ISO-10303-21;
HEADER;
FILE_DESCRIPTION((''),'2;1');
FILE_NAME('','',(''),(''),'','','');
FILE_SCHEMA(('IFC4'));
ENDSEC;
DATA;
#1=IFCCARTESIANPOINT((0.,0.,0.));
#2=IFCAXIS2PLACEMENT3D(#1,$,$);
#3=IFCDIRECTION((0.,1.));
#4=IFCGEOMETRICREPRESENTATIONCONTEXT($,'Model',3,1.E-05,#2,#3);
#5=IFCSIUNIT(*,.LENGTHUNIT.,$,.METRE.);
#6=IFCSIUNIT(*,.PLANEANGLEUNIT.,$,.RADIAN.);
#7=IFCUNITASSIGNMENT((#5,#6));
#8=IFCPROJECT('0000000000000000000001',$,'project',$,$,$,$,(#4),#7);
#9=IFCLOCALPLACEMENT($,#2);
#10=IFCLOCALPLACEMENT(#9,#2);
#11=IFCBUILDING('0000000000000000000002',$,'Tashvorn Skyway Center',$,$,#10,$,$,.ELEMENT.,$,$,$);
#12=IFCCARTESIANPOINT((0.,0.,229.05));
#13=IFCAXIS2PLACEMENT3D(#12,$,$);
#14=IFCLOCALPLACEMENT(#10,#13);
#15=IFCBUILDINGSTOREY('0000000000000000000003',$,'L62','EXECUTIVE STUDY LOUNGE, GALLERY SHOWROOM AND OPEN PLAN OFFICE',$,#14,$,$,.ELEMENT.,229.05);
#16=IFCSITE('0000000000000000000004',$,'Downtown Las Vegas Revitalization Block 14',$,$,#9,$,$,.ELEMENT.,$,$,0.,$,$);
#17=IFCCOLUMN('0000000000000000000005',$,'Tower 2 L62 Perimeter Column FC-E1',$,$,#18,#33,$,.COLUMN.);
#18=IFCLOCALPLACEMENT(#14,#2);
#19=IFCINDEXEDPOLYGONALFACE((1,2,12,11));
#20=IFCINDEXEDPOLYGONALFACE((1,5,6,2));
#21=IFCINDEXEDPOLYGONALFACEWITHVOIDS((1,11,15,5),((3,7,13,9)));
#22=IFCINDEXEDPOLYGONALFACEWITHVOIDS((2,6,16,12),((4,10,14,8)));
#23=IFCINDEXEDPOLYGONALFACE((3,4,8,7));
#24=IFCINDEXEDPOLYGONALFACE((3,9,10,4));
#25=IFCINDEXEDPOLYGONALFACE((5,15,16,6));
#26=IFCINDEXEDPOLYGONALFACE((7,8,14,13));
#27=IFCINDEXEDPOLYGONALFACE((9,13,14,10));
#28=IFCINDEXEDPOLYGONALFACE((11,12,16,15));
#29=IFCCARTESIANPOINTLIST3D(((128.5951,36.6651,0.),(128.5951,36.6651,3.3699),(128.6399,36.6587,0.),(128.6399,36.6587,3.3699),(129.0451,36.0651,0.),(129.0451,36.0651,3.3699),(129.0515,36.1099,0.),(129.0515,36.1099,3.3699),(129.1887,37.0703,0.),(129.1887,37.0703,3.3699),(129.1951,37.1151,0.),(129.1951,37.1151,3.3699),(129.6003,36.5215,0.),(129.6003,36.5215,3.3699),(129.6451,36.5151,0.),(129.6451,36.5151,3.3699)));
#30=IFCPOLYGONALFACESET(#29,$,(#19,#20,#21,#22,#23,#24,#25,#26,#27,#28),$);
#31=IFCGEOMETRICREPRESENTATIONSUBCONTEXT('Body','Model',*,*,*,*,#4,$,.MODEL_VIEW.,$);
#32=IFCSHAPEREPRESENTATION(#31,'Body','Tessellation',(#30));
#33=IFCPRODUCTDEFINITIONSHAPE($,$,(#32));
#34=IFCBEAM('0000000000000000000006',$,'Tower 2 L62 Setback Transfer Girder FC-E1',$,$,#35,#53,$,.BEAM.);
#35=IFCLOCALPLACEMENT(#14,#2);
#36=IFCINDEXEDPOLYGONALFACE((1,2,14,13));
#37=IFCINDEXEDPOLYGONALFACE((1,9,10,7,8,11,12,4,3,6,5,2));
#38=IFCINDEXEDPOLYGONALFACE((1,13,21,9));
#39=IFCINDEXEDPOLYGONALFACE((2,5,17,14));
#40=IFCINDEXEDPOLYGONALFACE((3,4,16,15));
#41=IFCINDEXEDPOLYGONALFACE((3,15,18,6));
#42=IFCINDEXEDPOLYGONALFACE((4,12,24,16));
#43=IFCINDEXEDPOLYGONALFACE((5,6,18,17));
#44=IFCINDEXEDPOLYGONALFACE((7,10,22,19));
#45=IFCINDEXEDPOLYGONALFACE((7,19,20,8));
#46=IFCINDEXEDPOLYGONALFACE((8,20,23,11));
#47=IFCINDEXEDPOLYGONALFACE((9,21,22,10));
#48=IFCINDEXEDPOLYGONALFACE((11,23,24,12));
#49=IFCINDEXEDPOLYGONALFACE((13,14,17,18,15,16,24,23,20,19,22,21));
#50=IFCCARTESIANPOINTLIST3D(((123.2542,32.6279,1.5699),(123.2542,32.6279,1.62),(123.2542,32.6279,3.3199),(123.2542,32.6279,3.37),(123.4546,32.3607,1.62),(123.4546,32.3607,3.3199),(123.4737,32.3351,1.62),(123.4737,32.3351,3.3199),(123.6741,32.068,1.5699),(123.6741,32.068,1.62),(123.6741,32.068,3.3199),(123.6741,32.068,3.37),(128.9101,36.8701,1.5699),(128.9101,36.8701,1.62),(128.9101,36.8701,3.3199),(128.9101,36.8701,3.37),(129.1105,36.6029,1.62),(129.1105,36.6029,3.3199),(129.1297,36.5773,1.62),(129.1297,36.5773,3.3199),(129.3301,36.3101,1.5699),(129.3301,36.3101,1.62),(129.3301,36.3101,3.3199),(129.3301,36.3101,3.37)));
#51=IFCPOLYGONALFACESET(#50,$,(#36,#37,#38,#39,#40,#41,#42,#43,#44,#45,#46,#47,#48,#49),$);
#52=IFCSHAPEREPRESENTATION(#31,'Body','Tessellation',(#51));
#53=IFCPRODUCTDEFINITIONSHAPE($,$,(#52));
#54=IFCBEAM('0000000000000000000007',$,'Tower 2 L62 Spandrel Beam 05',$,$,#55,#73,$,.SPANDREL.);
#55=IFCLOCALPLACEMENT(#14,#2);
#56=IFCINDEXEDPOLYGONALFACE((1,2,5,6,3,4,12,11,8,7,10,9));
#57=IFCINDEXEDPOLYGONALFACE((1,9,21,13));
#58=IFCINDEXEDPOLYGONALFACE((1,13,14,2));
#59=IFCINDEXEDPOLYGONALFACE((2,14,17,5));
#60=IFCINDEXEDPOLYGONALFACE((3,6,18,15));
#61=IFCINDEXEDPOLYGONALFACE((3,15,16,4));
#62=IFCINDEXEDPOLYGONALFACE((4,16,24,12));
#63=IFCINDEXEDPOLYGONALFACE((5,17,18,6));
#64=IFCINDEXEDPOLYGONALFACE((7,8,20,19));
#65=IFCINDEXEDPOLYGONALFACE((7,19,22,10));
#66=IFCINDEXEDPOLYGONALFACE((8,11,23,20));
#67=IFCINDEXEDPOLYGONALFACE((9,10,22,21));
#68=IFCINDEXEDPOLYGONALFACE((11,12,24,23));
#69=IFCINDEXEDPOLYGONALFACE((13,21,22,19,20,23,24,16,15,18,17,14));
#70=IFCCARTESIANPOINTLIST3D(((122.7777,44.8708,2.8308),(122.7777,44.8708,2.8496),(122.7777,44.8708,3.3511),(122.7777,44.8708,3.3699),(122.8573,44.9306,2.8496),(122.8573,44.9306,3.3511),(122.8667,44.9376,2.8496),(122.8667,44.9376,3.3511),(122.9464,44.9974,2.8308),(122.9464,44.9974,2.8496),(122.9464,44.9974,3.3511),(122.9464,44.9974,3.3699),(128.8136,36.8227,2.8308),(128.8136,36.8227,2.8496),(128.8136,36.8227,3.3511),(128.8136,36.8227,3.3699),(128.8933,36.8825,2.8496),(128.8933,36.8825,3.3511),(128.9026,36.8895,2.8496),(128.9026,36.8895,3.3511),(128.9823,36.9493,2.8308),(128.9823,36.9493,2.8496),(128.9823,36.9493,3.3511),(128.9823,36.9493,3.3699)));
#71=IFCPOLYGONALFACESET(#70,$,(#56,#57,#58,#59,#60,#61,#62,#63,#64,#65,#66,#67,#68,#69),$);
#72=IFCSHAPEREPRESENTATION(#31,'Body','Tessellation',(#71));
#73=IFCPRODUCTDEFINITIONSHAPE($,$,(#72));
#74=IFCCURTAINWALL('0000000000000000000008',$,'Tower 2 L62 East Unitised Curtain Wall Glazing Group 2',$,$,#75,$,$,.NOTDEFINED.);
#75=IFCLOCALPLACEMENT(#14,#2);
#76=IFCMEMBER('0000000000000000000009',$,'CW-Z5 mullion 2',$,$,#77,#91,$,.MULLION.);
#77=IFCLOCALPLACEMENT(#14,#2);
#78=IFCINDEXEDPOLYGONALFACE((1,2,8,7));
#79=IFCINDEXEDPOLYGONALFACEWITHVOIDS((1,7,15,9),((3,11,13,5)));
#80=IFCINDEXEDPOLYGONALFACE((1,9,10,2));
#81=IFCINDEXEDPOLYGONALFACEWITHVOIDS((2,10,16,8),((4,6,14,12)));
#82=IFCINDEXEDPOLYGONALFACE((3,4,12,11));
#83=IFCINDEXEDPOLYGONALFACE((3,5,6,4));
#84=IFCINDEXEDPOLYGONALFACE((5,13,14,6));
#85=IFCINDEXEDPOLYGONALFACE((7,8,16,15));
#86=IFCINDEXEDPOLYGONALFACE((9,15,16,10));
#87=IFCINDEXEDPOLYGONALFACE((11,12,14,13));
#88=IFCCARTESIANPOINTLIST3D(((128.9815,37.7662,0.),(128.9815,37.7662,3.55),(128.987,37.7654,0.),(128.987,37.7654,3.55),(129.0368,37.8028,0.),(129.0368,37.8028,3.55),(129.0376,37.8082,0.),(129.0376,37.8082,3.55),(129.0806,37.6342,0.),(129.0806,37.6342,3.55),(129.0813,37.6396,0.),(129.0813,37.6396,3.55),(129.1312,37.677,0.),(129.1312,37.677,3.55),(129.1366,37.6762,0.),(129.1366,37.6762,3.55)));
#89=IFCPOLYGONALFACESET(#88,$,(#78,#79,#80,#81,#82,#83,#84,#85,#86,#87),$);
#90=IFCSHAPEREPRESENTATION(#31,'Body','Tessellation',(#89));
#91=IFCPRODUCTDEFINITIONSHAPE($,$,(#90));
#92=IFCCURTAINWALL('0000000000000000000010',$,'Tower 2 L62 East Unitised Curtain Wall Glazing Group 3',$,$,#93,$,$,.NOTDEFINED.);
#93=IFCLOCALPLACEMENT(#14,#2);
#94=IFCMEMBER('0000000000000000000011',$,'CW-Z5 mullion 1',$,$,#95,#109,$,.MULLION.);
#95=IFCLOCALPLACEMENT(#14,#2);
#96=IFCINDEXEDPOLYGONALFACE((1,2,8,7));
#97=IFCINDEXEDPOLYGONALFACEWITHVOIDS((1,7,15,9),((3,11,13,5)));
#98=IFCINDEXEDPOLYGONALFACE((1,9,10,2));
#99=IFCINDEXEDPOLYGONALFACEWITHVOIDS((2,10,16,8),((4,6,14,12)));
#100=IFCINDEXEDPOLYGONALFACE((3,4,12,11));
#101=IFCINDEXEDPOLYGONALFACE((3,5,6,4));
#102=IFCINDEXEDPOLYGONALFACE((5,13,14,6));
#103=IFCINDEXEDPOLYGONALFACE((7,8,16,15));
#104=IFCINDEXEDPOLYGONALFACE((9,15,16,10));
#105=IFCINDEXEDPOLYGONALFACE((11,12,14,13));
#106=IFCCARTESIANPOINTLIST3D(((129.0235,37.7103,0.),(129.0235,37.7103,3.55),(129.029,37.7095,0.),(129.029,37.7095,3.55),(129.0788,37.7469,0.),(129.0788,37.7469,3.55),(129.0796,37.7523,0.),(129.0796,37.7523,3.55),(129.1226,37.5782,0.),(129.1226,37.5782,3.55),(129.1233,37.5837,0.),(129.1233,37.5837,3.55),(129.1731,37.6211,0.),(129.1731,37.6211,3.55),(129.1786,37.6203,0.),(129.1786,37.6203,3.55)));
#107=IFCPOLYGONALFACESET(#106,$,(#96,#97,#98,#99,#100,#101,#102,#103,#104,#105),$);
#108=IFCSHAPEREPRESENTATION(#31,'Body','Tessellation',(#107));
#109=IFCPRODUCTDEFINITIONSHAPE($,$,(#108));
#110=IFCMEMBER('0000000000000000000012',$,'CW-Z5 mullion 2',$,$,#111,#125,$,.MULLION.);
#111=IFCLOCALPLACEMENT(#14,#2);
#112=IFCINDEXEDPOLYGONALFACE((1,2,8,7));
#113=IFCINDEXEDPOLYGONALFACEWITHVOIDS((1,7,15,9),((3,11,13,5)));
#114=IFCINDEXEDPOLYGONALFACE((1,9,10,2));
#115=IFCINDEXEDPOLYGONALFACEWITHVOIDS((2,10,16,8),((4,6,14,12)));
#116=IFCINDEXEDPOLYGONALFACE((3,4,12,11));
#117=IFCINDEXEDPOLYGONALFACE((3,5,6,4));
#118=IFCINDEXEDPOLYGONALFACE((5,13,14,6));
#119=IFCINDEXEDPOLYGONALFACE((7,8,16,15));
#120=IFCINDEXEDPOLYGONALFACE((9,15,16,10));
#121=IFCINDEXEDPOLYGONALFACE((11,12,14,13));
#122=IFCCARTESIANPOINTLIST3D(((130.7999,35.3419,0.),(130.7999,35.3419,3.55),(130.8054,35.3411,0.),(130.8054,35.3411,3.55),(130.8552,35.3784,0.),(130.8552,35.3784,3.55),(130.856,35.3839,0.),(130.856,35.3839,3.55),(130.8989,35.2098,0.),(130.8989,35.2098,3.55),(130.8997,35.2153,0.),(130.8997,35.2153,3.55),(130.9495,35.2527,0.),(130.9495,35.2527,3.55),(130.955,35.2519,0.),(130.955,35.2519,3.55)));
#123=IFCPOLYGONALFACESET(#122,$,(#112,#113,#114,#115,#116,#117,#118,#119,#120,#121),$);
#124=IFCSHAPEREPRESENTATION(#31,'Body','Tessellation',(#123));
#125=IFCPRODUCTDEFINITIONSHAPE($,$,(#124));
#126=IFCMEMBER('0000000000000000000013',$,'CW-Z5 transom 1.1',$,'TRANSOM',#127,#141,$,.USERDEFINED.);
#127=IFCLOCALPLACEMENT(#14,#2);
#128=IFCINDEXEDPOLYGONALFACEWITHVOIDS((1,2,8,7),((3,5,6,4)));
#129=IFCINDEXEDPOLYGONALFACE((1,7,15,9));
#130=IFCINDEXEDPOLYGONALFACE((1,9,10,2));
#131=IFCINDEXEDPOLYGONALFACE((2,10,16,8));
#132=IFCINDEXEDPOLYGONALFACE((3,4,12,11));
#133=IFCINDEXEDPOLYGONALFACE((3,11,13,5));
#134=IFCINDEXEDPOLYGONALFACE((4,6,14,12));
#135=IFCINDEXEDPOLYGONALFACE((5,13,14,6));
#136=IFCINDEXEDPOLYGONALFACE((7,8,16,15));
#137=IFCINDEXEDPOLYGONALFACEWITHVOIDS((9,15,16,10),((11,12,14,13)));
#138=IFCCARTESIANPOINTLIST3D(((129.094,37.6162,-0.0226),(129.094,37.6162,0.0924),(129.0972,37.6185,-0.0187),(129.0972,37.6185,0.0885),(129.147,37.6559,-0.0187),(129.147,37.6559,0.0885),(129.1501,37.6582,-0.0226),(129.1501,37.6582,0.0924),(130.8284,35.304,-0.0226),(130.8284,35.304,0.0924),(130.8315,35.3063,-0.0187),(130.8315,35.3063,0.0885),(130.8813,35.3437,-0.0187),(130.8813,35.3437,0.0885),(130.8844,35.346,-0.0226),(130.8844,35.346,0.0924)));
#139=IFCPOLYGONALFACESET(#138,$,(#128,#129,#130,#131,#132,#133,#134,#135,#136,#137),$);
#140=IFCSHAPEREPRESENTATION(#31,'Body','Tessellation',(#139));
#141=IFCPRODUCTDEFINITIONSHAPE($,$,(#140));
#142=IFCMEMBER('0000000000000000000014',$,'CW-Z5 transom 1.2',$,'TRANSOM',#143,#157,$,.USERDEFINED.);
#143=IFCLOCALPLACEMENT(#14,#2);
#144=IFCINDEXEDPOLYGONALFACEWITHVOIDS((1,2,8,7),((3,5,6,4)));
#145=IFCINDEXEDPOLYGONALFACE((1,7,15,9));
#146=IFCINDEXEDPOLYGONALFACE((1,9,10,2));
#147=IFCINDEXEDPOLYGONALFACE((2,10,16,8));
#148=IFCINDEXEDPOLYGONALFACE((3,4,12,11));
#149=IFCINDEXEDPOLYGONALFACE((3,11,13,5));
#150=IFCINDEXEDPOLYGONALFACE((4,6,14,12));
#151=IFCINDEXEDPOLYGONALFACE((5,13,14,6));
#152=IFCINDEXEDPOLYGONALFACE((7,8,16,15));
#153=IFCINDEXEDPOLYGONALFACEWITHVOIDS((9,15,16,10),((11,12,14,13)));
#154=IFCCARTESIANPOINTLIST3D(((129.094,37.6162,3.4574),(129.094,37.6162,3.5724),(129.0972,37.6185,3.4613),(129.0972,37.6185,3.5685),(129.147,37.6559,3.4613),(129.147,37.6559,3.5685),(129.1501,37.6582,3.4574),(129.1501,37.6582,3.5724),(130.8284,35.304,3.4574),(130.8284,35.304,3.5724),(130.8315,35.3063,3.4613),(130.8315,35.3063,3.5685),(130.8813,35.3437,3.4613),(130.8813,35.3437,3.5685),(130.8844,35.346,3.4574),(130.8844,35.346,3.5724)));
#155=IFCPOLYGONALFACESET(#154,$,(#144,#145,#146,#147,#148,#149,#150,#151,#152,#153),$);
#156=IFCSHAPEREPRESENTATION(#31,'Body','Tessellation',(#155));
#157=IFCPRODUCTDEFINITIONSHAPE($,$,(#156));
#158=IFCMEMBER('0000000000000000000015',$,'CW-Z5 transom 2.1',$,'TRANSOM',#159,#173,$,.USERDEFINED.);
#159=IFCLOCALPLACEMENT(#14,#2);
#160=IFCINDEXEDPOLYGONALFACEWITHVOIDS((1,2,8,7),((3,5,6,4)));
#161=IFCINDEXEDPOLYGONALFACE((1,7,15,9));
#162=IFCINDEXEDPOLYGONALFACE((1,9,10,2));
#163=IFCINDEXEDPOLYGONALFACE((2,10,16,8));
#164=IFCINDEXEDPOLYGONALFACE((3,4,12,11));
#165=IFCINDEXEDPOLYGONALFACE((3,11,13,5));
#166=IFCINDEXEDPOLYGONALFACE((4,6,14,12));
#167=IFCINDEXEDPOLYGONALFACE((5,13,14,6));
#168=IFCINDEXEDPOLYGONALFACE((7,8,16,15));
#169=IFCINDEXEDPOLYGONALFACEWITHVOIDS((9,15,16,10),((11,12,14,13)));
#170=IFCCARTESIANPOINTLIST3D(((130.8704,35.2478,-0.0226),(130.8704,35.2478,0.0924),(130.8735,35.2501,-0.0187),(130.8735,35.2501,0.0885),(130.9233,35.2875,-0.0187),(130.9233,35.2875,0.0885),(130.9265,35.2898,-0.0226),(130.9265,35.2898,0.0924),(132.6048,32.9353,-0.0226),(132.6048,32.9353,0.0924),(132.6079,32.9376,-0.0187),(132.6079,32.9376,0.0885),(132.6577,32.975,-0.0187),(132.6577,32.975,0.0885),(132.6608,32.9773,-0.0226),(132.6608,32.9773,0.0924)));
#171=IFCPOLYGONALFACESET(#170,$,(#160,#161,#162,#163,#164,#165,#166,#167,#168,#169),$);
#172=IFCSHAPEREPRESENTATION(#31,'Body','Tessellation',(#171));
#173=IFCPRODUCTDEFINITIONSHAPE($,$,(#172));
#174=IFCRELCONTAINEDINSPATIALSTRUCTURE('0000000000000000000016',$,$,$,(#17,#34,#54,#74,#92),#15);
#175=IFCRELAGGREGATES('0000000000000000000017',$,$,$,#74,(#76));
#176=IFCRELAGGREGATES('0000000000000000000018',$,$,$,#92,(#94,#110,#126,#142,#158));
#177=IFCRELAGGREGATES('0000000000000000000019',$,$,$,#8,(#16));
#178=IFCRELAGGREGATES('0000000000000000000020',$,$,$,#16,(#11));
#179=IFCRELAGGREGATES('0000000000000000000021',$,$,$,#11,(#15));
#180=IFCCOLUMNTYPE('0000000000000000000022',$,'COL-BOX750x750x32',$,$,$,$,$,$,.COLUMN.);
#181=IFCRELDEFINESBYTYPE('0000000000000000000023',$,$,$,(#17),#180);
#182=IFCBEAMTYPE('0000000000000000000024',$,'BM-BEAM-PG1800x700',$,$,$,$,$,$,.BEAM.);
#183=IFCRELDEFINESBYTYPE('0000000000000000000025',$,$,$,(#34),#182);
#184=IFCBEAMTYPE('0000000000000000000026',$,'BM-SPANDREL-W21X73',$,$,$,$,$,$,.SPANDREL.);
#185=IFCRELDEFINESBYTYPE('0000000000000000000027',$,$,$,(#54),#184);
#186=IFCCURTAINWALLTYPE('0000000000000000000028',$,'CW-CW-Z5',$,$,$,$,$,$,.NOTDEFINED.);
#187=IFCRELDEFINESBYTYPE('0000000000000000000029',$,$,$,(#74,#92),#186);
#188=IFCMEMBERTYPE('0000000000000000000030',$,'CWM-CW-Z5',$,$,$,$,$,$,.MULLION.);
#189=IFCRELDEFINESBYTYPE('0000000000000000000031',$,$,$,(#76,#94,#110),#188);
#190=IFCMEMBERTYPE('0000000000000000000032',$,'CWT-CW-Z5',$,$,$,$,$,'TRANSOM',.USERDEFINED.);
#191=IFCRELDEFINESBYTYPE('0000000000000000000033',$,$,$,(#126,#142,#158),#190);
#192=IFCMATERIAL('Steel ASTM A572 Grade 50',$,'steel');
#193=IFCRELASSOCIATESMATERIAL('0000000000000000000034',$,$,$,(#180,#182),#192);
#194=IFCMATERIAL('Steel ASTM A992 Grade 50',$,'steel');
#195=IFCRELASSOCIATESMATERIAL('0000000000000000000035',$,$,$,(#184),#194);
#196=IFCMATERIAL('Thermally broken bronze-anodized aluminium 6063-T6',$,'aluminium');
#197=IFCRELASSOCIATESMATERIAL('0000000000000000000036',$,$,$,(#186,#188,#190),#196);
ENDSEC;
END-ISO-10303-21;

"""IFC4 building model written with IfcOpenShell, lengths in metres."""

from ifc_helpers import new_model, si_unit, direction, frame, origin, origin_2d, place, context, subcontext, project, spatial, hollow_rectangle, i_section, extrude, material, material_profile, profile_set, type_object, element, aggregate, save


model = new_model("IFC4")

# Units and contexts
model_context = context("Model", 3, precision=1e-05, world=origin(), true_north=direction((0.0, 1.0)))
body_context = subcontext(model_context, "Body", "Model", "MODEL_VIEW")
ifc_project = project(units=[si_unit("LENGTHUNIT", "METRE"), si_unit("PLANEANGLEUNIT", "RADIAN")], contexts=[model_context])

# Site, building, storey
site_placement = place(None, origin())
site = spatial("IfcSite", under=ifc_project, at=site_placement, Name="Downtown Las Vegas Revitalization Block 14", CompositionType="ELEMENT", RefElevation=0.0)
building_placement = place(site_placement, origin())
building = spatial("IfcBuilding", under=site, at=building_placement, Name="Tashvorn Skyway Center", CompositionType="ELEMENT")
storey_placement = place(building_placement, frame((0.0, 0.0, 229.05)))
storey = spatial("IfcBuildingStorey", under=building, at=storey_placement, Name="L62", Description="EXECUTIVE STUDY LOUNGE, GALLERY SHOWROOM AND OPEN PLAN OFFICE", CompositionType="ELEMENT", Elevation=229.05)

# Column
ifc_material_1 = material(Name="Steel ASTM A572 Grade 50", Category="steel")
ifc_material_profile_1 = material_profile(ifc_material_1, hollow_rectangle(XDim=0.75, YDim=0.75, WallThickness=0.032, at=origin_2d()), Name="BOX750x750x32")
ifc_profile_set_1 = profile_set([ifc_material_profile_1], Name="Steel ASTM A572 Grade 50")
column_type = type_object("IfcColumnType", Name="COL-BOX750x750x32", PredefinedType="COLUMN", material=ifc_profile_set_1)
column_placement = place(storey_placement, frame((129.1201, 36.5901, 0.0), z_axis=(0.0, 0.0, 1.0), x_axis=(0.8, 0.6, 0.0)))
element("IfcColumn", 1, at=column_placement, inside=storey, type_object=column_type, Name="Tower 2 L62 Perimeter Column FC-E1", PredefinedType="COLUMN", context=body_context, shape_type="SweptSolid", body=[
    extrude(hollow_rectangle(XDim=0.75, YDim=0.75, WallThickness=0.032, at=origin_2d()), origin(), (0.0, 0.0, 1.0), 3.3699),
])

# Beams
ifc_material_profile_2 = material_profile(ifc_material_1, i_section(OverallWidth=0.7, OverallDepth=1.8, WebThickness=0.032, FlangeThickness=0.05, at=origin_2d()), Name="PG1800x700")
ifc_profile_set_2 = profile_set([ifc_material_profile_2], Name="Steel ASTM A572 Grade 50")
beam_type_1 = type_object("IfcBeamType", Name="BM-BEAM-PG1800x700", PredefinedType="BEAM", material=ifc_profile_set_2)
beam_1_placement = place(storey_placement, frame((129.1201, 36.5901, 2.47), z_axis=(-0.799988, -0.600017, 0.0), x_axis=(0.600017, -0.799988, 0.0)))
element("IfcBeam", 2, at=beam_1_placement, inside=storey, type_object=beam_type_1, Name="Tower 2 L62 Setback Transfer Girder FC-E1", PredefinedType="BEAM", context=body_context, shape_type="SweptSolid", body=[
    extrude(i_section(OverallWidth=0.7, OverallDepth=1.8, WebThickness=0.032, FlangeThickness=0.05, at=origin_2d()), origin(), (0.0, 0.0, 1.0), 7.0701),
])
ifc_material_2 = material(Name="Steel ASTM A992 Grade 50", Category="steel")
ifc_material_profile_3 = material_profile(ifc_material_2, i_section(OverallWidth=0.2109, OverallDepth=0.5391, WebThickness=0.0117, FlangeThickness=0.0188, at=origin_2d()), Name="W21X73")
ifc_profile_set_3 = profile_set([ifc_material_profile_3], Name="Steel ASTM A992 Grade 50")
beam_type_2 = type_object("IfcBeamType", Name="BM-SPANDREL-W21X73", PredefinedType="SPANDREL", material=ifc_profile_set_3)
beam_2_placement = place(storey_placement, frame((128.8979, 36.886, 3.1003), z_axis=(-0.599988, 0.800009, 0.0), x_axis=(-0.800009, -0.599988, 0.0)))
element("IfcBeam", 3, at=beam_2_placement, inside=storey, type_object=beam_type_2, Name="Tower 2 L62 Spandrel Beam 05", PredefinedType="SPANDREL", context=body_context, shape_type="SweptSolid", body=[
    extrude(i_section(OverallWidth=0.2109, OverallDepth=0.5391, WebThickness=0.0117, FlangeThickness=0.0188, at=origin_2d()), origin(), (0.0, 0.0, 1.0), 10.0601),
])

# Curtain wall, member
ifc_material_3 = material(Name="Thermally broken bronze-anodized aluminium 6063-T6", Category="aluminium")
curtain_wall_type = type_object("IfcCurtainWallType", Name="CW-CW-Z5", PredefinedType="NOTDEFINED", material=ifc_material_3)
curtain_wall_1_placement = place(storey_placement, origin())
curtain_wall_1 = element("IfcCurtainWall", 4, at=curtain_wall_1_placement, inside=storey, type_object=curtain_wall_type, Name="Tower 2 L62 East Unitised Curtain Wall Glazing Group 2", PredefinedType="NOTDEFINED")
ifc_material_profile_4 = material_profile(ifc_material_3, hollow_rectangle(XDim=0.0701, YDim=0.165, WallThickness=0.0039, at=origin_2d()), Name="ALU-MULL-70x165")
ifc_profile_set_4 = profile_set([ifc_material_profile_4], Name="Thermally broken bronze-anodized aluminium 6063-T6")
member_type_1 = type_object("IfcMemberType", Name="CWM-CW-Z5", PredefinedType="MULLION", material=ifc_profile_set_4)
member_1_placement = place(storey_placement, frame((129.0591, 37.7212, 0.0), z_axis=(0.0, 0.0, 1.0), x_axis=(0.800003, 0.599996, 0.0)))
member_1 = element("IfcMember", 5, at=member_1_placement, type_object=member_type_1, Name="CW-Z5 mullion 2", PredefinedType="MULLION", context=body_context, shape_type="SweptSolid", body=[
    extrude(hollow_rectangle(XDim=0.0701, YDim=0.165, WallThickness=0.0039, at=origin_2d()), origin(), (0.0, 0.0, 1.0), 3.55),
])

# Curtain wall, members
curtain_wall_2_placement = place(storey_placement, origin())
curtain_wall_2 = element("IfcCurtainWall", 6, at=curtain_wall_2_placement, inside=storey, type_object=curtain_wall_type, Name="Tower 2 L62 East Unitised Curtain Wall Glazing Group 3", PredefinedType="NOTDEFINED")
member_2_placement = place(storey_placement, frame((129.1011, 37.6653, 0.0), z_axis=(0.0, 0.0, 1.0), x_axis=(0.799998, 0.600003, 0.0)))
member_2 = element("IfcMember", 7, at=member_2_placement, type_object=member_type_1, Name="CW-Z5 mullion 1", PredefinedType="MULLION", context=body_context, shape_type="SweptSolid", body=[
    extrude(hollow_rectangle(XDim=0.0701, YDim=0.165, WallThickness=0.0039, at=origin_2d()), origin(), (0.0, 0.0, 1.0), 3.55),
])
member_3_placement = place(storey_placement, frame((130.8774, 35.2969, 0.0), z_axis=(0.0, 0.0, 1.0), x_axis=(0.799998, 0.600003, 0.0)))
member_3 = element("IfcMember", 8, at=member_3_placement, type_object=member_type_1, Name="CW-Z5 mullion 2", PredefinedType="MULLION", context=body_context, shape_type="SweptSolid", body=[
    extrude(hollow_rectangle(XDim=0.0701, YDim=0.165, WallThickness=0.0039, at=origin_2d()), origin(), (0.0, 0.0, 1.0), 3.55),
])
ifc_material_profile_5 = material_profile(ifc_material_3, hollow_rectangle(XDim=0.0701, YDim=0.115, WallThickness=0.0039, at=origin_2d()), Name="ALU-TRAN-70x115")
ifc_profile_set_5 = profile_set([ifc_material_profile_5], Name="Thermally broken bronze-anodized aluminium 6063-T6")
member_type_2 = type_object("IfcMemberType", Name="CWT-CW-Z5", ElementType="TRANSOM", PredefinedType="USERDEFINED", material=ifc_profile_set_5)
member_4_placement = place(storey_placement, frame((129.1221, 37.6372, 0.0349), z_axis=(0.600041, -0.79997, 0.0), x_axis=(0.79997, 0.600041, 0.0)))
member_4 = element("IfcMember", 9, at=member_4_placement, type_object=member_type_2, Name="CW-Z5 transom 1.1", ObjectType="TRANSOM", PredefinedType="USERDEFINED", context=body_context, shape_type="SweptSolid", body=[
    extrude(hollow_rectangle(XDim=0.0701, YDim=0.115, WallThickness=0.0039, at=origin_2d()), origin(), (0.0, 0.0, 1.0), 2.8904),
])
member_5_placement = place(storey_placement, frame((129.1221, 37.6372, 3.5149), z_axis=(0.600041, -0.79997, 0.0), x_axis=(0.79997, 0.600041, 0.0)))
member_5 = element("IfcMember", 10, at=member_5_placement, type_object=member_type_2, Name="CW-Z5 transom 1.2", ObjectType="TRANSOM", PredefinedType="USERDEFINED", context=body_context, shape_type="SweptSolid", body=[
    extrude(hollow_rectangle(XDim=0.0701, YDim=0.115, WallThickness=0.0039, at=origin_2d()), origin(), (0.0, 0.0, 1.0), 2.8904),
])
member_6_placement = place(storey_placement, frame((130.8984, 35.2688, 0.0349), z_axis=(0.6, -0.8, 0.0), x_axis=(0.8, 0.6, 0.0)))
member_6 = element("IfcMember", 11, at=member_6_placement, type_object=member_type_2, Name="CW-Z5 transom 2.1", ObjectType="TRANSOM", PredefinedType="USERDEFINED", context=body_context, shape_type="SweptSolid", body=[
    extrude(hollow_rectangle(XDim=0.0701, YDim=0.115, WallThickness=0.0039, at=origin_2d()), origin(), (0.0, 0.0, 1.0), 2.8906),
])

aggregate(curtain_wall_1, [member_1])
aggregate(curtain_wall_2, [member_2, member_3, member_4, member_5, member_6])

save(model, "model.ifc")
